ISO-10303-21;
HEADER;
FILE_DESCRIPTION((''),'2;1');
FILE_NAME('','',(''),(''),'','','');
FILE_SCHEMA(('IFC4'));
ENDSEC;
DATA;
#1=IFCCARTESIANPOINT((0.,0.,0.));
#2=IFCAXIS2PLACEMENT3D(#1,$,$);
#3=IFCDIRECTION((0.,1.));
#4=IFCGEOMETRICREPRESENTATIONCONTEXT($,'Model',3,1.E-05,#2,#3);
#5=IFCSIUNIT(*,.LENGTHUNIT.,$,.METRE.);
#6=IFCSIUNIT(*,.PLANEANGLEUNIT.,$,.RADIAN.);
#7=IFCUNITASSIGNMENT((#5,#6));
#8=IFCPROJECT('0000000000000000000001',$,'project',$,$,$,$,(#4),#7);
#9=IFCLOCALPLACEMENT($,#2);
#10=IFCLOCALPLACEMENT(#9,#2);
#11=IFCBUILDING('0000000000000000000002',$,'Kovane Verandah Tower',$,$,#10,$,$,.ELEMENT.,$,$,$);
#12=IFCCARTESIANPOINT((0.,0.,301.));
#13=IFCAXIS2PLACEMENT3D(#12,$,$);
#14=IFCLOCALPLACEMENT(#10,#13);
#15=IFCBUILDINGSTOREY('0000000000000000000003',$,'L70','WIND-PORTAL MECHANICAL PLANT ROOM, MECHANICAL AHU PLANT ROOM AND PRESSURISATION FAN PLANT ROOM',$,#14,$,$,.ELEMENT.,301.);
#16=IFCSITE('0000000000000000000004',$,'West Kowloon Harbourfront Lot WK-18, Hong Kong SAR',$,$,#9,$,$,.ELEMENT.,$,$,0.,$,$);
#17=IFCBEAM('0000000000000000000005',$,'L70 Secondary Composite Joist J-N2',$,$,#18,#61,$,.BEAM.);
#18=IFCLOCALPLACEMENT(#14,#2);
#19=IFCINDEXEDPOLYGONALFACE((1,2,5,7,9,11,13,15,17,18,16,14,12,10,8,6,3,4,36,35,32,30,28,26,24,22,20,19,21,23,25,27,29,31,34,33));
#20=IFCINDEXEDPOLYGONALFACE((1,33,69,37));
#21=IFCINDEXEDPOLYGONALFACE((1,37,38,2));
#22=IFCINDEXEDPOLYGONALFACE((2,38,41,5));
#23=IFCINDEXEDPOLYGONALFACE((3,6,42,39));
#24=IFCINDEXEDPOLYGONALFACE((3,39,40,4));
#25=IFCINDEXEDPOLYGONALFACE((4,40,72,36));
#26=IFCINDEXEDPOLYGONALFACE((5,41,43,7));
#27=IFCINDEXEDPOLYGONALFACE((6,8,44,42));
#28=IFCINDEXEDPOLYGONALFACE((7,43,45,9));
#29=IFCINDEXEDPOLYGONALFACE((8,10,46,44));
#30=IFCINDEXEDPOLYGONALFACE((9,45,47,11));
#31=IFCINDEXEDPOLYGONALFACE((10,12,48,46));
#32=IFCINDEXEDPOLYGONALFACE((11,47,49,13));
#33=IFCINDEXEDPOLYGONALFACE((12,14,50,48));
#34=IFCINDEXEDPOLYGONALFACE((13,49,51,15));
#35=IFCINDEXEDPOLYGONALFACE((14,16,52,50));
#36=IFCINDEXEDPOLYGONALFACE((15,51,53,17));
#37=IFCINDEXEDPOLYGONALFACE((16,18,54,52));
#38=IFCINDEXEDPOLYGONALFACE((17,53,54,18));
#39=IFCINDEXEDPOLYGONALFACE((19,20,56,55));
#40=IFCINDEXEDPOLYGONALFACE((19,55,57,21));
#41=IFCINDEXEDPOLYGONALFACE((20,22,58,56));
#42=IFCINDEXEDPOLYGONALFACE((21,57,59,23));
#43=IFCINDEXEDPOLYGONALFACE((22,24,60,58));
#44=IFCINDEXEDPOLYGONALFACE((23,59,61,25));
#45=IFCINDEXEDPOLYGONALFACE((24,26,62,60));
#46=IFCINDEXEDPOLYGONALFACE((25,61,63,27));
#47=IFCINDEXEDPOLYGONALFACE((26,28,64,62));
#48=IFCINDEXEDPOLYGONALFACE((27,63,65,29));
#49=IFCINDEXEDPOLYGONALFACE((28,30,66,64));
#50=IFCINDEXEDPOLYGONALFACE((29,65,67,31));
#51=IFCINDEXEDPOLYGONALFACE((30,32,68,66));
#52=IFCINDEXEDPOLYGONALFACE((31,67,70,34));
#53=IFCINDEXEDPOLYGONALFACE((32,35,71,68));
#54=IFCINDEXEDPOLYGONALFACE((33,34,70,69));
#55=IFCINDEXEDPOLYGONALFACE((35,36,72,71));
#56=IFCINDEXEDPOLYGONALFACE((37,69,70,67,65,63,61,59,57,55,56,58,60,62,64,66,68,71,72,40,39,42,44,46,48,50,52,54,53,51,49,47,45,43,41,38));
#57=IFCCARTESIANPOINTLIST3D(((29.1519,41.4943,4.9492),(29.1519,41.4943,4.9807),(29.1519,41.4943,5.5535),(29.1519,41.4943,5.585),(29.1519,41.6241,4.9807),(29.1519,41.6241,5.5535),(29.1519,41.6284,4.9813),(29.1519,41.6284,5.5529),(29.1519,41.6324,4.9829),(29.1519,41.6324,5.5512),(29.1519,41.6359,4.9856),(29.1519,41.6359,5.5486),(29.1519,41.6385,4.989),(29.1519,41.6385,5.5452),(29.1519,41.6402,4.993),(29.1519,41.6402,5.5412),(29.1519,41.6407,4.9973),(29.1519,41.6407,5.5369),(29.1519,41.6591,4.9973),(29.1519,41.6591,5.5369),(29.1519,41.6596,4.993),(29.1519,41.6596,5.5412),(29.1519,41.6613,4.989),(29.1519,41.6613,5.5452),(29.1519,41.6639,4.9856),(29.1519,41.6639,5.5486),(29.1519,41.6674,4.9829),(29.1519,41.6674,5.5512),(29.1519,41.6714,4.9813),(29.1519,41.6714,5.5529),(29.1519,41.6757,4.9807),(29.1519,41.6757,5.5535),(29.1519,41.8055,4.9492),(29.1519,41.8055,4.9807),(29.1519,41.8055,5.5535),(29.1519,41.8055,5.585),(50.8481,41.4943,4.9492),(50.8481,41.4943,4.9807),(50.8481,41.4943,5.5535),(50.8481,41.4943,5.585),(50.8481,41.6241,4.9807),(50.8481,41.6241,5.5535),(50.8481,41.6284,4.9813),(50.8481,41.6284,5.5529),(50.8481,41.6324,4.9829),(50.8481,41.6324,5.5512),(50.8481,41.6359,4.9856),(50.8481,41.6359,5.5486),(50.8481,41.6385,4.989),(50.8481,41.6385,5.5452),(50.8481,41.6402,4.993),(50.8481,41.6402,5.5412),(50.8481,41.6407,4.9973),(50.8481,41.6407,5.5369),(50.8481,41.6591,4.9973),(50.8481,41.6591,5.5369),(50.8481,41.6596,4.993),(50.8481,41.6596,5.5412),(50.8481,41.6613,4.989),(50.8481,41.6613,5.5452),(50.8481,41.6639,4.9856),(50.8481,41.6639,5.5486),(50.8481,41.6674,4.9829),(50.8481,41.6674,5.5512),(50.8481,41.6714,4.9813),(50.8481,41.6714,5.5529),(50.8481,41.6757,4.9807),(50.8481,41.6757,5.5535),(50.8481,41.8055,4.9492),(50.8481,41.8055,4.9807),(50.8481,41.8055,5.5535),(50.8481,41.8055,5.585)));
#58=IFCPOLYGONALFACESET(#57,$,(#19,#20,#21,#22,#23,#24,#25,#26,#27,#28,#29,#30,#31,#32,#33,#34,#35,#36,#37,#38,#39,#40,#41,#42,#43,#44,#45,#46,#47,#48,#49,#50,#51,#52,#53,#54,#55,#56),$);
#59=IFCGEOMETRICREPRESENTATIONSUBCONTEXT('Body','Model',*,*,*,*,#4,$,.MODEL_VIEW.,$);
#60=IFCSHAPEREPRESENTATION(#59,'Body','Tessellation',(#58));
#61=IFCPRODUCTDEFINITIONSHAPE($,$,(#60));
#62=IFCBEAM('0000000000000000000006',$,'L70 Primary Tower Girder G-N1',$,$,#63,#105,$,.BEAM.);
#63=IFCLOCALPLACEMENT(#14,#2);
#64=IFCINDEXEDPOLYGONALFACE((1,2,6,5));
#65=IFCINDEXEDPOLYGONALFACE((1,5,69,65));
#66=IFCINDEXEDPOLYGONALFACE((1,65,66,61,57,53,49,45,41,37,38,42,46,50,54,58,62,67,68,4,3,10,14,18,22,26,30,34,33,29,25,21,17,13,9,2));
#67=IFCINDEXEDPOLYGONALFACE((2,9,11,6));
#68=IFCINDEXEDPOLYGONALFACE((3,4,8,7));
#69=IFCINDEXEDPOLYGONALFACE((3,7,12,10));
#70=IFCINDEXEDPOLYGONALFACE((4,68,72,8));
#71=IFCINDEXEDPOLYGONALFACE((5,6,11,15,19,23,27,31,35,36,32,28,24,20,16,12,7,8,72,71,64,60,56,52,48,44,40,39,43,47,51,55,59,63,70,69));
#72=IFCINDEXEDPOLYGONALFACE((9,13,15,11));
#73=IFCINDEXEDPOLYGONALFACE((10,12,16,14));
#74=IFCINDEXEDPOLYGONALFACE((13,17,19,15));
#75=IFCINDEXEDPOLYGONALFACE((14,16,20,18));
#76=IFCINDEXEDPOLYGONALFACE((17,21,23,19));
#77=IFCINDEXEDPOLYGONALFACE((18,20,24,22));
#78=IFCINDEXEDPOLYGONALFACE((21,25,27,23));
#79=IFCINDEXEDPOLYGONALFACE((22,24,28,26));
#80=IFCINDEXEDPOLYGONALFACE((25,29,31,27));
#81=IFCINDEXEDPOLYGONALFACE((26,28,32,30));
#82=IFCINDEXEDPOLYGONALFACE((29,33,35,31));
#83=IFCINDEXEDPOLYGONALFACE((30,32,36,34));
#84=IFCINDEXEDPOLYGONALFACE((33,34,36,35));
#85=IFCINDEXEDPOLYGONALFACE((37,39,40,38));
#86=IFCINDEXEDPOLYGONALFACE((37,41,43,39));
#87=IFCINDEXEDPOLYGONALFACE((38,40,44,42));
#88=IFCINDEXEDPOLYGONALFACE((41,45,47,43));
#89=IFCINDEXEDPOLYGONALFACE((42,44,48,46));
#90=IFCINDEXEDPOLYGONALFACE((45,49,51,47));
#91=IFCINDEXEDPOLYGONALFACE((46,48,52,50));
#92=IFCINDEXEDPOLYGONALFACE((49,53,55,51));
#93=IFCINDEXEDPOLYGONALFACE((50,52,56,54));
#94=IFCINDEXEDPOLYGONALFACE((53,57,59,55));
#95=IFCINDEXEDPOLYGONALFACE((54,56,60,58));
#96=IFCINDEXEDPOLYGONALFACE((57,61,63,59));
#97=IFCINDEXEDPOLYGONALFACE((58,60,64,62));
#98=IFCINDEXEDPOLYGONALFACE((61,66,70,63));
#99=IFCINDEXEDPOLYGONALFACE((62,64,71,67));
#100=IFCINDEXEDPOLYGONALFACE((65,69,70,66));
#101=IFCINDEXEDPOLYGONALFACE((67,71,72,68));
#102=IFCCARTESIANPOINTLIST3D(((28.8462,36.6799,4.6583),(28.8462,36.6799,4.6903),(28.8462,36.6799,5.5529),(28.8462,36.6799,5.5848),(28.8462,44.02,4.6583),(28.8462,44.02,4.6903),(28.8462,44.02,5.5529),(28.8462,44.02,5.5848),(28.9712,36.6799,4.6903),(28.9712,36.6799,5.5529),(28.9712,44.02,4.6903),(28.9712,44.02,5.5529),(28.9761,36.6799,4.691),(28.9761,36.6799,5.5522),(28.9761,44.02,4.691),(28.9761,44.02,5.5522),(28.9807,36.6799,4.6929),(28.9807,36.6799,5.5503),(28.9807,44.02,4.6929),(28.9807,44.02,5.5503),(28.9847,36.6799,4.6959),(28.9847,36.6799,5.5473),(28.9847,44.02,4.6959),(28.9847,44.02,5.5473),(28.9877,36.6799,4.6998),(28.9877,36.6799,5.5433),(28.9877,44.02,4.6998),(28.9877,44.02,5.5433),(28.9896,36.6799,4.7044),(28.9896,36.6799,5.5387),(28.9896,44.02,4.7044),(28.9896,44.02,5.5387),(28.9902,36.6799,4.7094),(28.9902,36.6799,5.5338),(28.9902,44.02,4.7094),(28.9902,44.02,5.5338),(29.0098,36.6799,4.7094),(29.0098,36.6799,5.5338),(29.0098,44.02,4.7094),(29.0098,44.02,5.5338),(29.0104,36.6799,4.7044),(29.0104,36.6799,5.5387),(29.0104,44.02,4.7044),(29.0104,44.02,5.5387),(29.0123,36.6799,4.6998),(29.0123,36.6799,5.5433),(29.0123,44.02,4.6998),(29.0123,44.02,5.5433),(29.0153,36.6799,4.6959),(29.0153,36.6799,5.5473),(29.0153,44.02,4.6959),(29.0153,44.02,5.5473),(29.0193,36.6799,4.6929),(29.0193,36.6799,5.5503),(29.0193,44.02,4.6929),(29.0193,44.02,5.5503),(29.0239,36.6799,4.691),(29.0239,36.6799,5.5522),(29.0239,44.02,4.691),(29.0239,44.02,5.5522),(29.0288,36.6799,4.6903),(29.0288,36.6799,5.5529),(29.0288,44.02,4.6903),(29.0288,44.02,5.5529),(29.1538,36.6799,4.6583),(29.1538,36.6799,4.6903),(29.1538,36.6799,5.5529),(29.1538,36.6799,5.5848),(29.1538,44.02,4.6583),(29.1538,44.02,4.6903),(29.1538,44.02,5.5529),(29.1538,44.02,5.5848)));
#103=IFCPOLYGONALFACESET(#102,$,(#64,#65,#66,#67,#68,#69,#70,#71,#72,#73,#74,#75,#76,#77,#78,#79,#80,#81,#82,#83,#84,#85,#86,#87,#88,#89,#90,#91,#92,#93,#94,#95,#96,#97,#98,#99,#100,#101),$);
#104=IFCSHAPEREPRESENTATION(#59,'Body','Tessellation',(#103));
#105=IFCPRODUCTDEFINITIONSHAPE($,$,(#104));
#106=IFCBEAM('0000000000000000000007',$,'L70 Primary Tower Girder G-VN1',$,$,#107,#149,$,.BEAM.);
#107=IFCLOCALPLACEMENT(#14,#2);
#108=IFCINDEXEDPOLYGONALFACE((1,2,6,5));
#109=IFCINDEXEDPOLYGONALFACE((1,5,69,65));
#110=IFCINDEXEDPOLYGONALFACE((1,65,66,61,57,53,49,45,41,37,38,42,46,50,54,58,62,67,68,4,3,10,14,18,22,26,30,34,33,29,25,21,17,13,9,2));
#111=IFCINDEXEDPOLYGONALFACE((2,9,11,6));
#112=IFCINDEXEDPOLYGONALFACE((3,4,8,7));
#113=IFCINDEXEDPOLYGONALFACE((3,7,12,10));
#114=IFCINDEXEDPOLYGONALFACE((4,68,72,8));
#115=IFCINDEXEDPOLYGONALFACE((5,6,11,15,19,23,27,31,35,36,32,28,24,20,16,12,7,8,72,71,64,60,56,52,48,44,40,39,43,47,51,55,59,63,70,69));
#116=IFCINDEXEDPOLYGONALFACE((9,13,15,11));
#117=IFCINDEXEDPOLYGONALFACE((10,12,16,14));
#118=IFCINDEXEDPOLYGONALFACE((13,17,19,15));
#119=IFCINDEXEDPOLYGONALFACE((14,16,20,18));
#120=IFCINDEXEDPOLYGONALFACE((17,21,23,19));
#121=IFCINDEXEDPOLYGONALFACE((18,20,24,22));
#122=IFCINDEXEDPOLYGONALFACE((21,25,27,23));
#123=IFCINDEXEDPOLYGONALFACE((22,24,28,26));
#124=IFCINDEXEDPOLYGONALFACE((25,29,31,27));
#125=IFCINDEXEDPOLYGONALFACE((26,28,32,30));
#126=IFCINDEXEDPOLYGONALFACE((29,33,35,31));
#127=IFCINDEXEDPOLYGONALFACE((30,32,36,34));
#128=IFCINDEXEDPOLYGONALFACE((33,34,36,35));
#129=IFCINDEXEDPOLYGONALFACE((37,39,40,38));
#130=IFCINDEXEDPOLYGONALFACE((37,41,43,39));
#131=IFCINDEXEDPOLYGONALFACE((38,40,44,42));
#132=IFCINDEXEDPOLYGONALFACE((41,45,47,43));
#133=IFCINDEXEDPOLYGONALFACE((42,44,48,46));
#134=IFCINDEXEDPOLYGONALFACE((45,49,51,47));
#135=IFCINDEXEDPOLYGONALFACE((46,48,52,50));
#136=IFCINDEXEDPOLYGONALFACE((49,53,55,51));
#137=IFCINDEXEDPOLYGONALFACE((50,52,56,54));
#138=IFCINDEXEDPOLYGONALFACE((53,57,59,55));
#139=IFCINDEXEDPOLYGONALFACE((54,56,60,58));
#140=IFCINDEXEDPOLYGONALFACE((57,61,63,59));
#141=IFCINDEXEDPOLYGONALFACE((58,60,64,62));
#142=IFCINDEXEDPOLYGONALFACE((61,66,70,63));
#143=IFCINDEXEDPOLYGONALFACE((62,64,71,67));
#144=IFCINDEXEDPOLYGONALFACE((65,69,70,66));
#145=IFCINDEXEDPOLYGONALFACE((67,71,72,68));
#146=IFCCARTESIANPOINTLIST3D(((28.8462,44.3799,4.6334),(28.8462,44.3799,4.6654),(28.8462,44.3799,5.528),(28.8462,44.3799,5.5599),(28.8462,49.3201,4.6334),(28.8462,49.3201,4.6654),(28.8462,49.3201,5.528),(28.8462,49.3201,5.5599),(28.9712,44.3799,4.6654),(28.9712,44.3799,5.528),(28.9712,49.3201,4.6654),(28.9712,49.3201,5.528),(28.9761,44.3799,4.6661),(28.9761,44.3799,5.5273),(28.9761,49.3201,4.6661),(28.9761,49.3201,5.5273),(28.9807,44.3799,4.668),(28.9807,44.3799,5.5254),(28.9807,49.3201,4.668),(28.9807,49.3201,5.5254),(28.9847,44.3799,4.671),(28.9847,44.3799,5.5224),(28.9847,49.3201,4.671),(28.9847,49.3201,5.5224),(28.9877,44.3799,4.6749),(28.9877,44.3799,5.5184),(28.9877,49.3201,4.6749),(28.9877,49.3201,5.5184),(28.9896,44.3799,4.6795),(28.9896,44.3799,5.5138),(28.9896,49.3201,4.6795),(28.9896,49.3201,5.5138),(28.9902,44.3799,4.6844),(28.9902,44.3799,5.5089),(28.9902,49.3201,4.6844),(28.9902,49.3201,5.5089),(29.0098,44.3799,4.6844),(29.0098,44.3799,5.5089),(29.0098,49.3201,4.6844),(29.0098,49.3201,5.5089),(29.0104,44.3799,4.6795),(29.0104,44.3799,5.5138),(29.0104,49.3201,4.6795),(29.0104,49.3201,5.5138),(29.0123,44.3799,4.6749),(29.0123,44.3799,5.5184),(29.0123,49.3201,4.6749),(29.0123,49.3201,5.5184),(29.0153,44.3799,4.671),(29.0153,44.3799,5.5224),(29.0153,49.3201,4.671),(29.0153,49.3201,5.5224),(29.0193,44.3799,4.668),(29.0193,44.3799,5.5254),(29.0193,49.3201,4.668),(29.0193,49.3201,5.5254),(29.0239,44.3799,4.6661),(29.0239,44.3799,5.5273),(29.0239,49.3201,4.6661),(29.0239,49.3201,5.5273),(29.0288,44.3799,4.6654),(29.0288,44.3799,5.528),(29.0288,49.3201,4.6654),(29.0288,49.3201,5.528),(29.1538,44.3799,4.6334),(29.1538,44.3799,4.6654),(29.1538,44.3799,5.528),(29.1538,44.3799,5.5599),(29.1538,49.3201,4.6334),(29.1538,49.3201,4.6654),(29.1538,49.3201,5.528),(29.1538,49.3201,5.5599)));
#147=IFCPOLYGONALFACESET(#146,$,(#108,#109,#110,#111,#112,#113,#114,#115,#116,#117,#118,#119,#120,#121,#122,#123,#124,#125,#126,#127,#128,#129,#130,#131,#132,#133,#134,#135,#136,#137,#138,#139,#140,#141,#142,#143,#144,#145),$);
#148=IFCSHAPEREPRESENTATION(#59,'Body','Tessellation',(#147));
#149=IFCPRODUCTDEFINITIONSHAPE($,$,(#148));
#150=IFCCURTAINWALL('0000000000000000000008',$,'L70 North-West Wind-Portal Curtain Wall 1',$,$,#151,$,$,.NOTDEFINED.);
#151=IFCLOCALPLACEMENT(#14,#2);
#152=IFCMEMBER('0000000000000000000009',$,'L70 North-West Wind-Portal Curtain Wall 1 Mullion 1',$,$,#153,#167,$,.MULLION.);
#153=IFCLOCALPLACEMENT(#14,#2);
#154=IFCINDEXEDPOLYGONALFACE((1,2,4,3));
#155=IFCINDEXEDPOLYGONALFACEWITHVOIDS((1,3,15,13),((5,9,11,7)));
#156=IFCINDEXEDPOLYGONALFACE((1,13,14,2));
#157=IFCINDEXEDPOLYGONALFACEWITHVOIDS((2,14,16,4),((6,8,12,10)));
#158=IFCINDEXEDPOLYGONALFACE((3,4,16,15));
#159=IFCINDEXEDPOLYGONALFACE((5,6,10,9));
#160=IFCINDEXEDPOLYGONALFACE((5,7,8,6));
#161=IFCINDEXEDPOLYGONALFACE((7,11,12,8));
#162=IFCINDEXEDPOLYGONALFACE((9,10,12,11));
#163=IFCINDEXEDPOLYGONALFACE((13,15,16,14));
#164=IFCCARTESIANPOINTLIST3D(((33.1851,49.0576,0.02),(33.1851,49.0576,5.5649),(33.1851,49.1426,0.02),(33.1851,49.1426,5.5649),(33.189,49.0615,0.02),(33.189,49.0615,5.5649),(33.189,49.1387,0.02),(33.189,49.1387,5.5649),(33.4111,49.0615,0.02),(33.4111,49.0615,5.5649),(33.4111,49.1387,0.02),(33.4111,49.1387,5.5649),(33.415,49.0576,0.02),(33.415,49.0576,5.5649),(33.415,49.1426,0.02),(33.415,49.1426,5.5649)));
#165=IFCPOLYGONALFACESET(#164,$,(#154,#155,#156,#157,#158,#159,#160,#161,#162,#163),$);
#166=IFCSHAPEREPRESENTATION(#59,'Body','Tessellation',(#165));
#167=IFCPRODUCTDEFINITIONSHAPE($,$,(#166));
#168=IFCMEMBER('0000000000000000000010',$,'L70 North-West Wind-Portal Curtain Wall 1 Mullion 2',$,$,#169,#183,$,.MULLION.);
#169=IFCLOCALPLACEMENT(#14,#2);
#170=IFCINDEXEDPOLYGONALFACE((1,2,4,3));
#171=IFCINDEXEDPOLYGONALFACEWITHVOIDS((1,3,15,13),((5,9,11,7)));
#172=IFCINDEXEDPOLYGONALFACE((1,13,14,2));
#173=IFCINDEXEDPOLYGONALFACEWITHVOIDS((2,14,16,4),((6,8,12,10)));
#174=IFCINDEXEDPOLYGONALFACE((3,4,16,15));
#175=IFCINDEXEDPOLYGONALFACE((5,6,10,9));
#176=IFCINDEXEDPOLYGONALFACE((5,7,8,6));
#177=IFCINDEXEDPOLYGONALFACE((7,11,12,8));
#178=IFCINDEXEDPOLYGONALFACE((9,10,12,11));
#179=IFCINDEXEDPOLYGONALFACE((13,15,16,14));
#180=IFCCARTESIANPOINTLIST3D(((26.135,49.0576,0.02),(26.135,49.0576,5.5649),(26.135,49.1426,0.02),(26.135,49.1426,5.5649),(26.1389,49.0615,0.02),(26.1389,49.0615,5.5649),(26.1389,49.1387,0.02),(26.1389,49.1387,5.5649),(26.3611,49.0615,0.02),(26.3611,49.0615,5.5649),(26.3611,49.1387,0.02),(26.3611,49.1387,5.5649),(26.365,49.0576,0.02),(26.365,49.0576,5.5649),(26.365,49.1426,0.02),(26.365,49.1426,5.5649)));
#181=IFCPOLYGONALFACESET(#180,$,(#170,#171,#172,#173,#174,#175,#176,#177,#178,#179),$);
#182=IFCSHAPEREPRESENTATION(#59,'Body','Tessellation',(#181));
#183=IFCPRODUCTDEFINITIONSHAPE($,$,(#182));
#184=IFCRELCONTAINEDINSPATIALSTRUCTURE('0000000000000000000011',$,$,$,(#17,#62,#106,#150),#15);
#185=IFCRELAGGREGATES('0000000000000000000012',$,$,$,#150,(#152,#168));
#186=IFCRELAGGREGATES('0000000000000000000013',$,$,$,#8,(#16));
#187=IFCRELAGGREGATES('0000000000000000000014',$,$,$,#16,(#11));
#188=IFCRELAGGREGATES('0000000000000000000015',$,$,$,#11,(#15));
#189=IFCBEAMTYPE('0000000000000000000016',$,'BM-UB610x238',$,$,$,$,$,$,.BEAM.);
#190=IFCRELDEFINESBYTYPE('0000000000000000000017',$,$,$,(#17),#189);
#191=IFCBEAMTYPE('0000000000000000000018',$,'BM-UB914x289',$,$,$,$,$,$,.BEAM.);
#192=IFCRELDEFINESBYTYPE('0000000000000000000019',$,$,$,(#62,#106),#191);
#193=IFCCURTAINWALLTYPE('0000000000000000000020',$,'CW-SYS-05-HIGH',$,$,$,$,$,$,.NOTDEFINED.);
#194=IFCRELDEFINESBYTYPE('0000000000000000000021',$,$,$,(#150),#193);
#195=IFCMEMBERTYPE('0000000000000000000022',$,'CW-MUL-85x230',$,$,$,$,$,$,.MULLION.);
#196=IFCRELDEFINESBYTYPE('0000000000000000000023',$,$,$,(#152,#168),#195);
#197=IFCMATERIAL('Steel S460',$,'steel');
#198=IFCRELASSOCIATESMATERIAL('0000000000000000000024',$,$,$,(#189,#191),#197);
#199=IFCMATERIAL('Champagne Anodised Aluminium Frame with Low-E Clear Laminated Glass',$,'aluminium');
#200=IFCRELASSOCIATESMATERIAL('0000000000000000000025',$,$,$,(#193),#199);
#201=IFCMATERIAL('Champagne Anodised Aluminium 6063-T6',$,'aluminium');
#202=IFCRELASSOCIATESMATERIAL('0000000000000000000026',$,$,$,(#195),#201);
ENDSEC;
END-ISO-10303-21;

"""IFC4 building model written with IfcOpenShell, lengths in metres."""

from ifc_helpers import new_model, si_unit, direction, frame, origin, origin_2d, place, context, subcontext, project, spatial, hollow_rectangle, i_section, extrude, material, material_profile, profile_set, type_object, element, aggregate, save


model = new_model("IFC4")

# Units and contexts
model_context = context("Model", 3, precision=1e-05, world=origin(), true_north=direction((0.0, 1.0)))
body_context = subcontext(model_context, "Body", "Model", "MODEL_VIEW")
ifc_project = project(units=[si_unit("LENGTHUNIT", "METRE"), si_unit("PLANEANGLEUNIT", "RADIAN")], contexts=[model_context])

# Site, building, storey
site_placement = place(None, origin())
site = spatial("IfcSite", under=ifc_project, at=site_placement, Name="West Kowloon Harbourfront Lot WK-18, Hong Kong SAR", CompositionType="ELEMENT", RefElevation=0.0)
building_placement = place(site_placement, origin())
building = spatial("IfcBuilding", under=site, at=building_placement, Name="Kovane Verandah Tower", CompositionType="ELEMENT")
storey_placement = place(building_placement, frame((0.0, 0.0, 301.0)))
storey = spatial("IfcBuildingStorey", under=building, at=storey_placement, Name="L70", Description="WIND-PORTAL MECHANICAL PLANT ROOM, MECHANICAL AHU PLANT ROOM AND PRESSURISATION FAN PLANT ROOM", CompositionType="ELEMENT", Elevation=301.0)

# Shared definitions
ifc_material_1 = material(Name="Steel S460", Category="steel")

# Beams
ifc_material_profile_1 = material_profile(ifc_material_1, i_section(OverallWidth=0.3113, OverallDepth=0.6357, WebThickness=0.0183, FlangeThickness=0.0315, FilletRadius=0.0166, at=origin_2d()), Name="UB610x305x238")
ifc_profile_set_1 = profile_set([ifc_material_profile_1], Name="Steel S460")
beam_type_1 = type_object("IfcBeamType", Name="BM-UB610x238", PredefinedType="BEAM", material=ifc_profile_set_1)
for number, where, z_axis, x_axis, name in (
    (1, (29.1519, 41.6499, 5.2671), (1.0, 0.0, 0.0), (0.0, 1.0, 0.0), "L70 Secondary Composite Joist J-N2"),
):
    element("IfcBeam", number, at=place(storey_placement, frame(where, z_axis=z_axis, x_axis=x_axis)), inside=storey, type_object=beam_type_1, Name=name, PredefinedType="BEAM", context=body_context, shape_type="SweptSolid", body=[
        extrude(i_section(OverallWidth=0.3113, OverallDepth=0.6357, WebThickness=0.0183, FlangeThickness=0.0315, FilletRadius=0.0166, at=origin_2d()), origin(), (0.0, 0.0, 1.0), 21.6963),
    ])
ifc_material_profile_2 = material_profile(ifc_material_1, i_section(OverallWidth=0.3076, OverallDepth=0.9265, WebThickness=0.0195, FlangeThickness=0.032, FilletRadius=0.019, at=origin_2d()), Name="UB914x305x289")
ifc_profile_set_2 = profile_set([ifc_material_profile_2], Name="Steel S460")
beam_type_2 = type_object("IfcBeamType", Name="BM-UB914x289", PredefinedType="BEAM", material=ifc_profile_set_2)
beam_1_placement = place(storey_placement, frame((29.0, 36.6799, 5.1216), z_axis=(0.0, 1.0, 0.0), x_axis=(-1.0, 0.0, 0.0)))
element("IfcBeam", 2, at=beam_1_placement, inside=storey, type_object=beam_type_2, Name="L70 Primary Tower Girder G-N1", PredefinedType="BEAM", context=body_context, shape_type="SweptSolid", body=[
    extrude(i_section(OverallWidth=0.3076, OverallDepth=0.9265, WebThickness=0.0195, FlangeThickness=0.032, FilletRadius=0.019, at=origin_2d()), origin(), (0.0, 0.0, 1.0), 7.3401),
])
beam_2_placement = place(storey_placement, frame((29.0, 44.3799, 5.0967), z_axis=(0.0, 1.0, 0.0), x_axis=(-1.0, 0.0, 0.0)))
element("IfcBeam", 3, at=beam_2_placement, inside=storey, type_object=beam_type_2, Name="L70 Primary Tower Girder G-VN1", PredefinedType="BEAM", context=body_context, shape_type="SweptSolid", body=[
    extrude(i_section(OverallWidth=0.3076, OverallDepth=0.9265, WebThickness=0.0195, FlangeThickness=0.032, FilletRadius=0.019, at=origin_2d()), origin(), (0.0, 0.0, 1.0), 4.9402),
])

# Curtain wall, members
ifc_material_2 = material(Name="Champagne Anodised Aluminium Frame with Low-E Clear Laminated Glass", Category="aluminium")
curtain_wall_type = type_object("IfcCurtainWallType", Name="CW-SYS-05-HIGH", PredefinedType="NOTDEFINED", material=ifc_material_2)
curtain_wall_placement = place(storey_placement, origin())
curtain_wall = element("IfcCurtainWall", 4, at=curtain_wall_placement, inside=storey, type_object=curtain_wall_type, Name="L70 North-West Wind-Portal Curtain Wall 1", PredefinedType="NOTDEFINED")
ifc_material_3 = material(Name="Champagne Anodised Aluminium 6063-T6", Category="aluminium")
ifc_material_profile_3 = material_profile(ifc_material_3, hollow_rectangle(XDim=0.085, YDim=0.23, WallThickness=0.0039, at=origin_2d()), Name="AL85x230x4")
ifc_profile_set_3 = profile_set([ifc_material_profile_3], Name="Champagne Anodised Aluminium 6063-T6")
member_type_1 = type_object("IfcMemberType", Name="CW-MUL-85x230", PredefinedType="MULLION", material=ifc_profile_set_3)
member_1_placement = place(storey_placement, frame((33.3, 49.1001, 0.02), z_axis=(0.0, 0.0, 1.0), x_axis=(0.0, 1.0, 0.0)))
member_1 = element("IfcMember", 5, at=member_1_placement, type_object=member_type_1, Name="L70 North-West Wind-Portal Curtain Wall 1 Mullion 1", PredefinedType="MULLION", context=body_context, shape_type="SweptSolid", body=[
    extrude(hollow_rectangle(XDim=0.085, YDim=0.23, WallThickness=0.0039, at=origin_2d()), origin(), (0.0, 0.0, 1.0), 5.5449),
])
member_2_placement = place(storey_placement, frame((26.25, 49.1001, 0.02), z_axis=(0.0, 0.0, 1.0), x_axis=(0.0, 1.0, 0.0)))
member_2 = element("IfcMember", 6, at=member_2_placement, type_object=member_type_1, Name="L70 North-West Wind-Portal Curtain Wall 1 Mullion 2", PredefinedType="MULLION", context=body_context, shape_type="SweptSolid", body=[
    extrude(hollow_rectangle(XDim=0.085, YDim=0.23, WallThickness=0.0039, at=origin_2d()), origin(), (0.0, 0.0, 1.0), 5.5449),
])

aggregate(curtain_wall, [member_1, member_2])

save(model, "model.ifc")
